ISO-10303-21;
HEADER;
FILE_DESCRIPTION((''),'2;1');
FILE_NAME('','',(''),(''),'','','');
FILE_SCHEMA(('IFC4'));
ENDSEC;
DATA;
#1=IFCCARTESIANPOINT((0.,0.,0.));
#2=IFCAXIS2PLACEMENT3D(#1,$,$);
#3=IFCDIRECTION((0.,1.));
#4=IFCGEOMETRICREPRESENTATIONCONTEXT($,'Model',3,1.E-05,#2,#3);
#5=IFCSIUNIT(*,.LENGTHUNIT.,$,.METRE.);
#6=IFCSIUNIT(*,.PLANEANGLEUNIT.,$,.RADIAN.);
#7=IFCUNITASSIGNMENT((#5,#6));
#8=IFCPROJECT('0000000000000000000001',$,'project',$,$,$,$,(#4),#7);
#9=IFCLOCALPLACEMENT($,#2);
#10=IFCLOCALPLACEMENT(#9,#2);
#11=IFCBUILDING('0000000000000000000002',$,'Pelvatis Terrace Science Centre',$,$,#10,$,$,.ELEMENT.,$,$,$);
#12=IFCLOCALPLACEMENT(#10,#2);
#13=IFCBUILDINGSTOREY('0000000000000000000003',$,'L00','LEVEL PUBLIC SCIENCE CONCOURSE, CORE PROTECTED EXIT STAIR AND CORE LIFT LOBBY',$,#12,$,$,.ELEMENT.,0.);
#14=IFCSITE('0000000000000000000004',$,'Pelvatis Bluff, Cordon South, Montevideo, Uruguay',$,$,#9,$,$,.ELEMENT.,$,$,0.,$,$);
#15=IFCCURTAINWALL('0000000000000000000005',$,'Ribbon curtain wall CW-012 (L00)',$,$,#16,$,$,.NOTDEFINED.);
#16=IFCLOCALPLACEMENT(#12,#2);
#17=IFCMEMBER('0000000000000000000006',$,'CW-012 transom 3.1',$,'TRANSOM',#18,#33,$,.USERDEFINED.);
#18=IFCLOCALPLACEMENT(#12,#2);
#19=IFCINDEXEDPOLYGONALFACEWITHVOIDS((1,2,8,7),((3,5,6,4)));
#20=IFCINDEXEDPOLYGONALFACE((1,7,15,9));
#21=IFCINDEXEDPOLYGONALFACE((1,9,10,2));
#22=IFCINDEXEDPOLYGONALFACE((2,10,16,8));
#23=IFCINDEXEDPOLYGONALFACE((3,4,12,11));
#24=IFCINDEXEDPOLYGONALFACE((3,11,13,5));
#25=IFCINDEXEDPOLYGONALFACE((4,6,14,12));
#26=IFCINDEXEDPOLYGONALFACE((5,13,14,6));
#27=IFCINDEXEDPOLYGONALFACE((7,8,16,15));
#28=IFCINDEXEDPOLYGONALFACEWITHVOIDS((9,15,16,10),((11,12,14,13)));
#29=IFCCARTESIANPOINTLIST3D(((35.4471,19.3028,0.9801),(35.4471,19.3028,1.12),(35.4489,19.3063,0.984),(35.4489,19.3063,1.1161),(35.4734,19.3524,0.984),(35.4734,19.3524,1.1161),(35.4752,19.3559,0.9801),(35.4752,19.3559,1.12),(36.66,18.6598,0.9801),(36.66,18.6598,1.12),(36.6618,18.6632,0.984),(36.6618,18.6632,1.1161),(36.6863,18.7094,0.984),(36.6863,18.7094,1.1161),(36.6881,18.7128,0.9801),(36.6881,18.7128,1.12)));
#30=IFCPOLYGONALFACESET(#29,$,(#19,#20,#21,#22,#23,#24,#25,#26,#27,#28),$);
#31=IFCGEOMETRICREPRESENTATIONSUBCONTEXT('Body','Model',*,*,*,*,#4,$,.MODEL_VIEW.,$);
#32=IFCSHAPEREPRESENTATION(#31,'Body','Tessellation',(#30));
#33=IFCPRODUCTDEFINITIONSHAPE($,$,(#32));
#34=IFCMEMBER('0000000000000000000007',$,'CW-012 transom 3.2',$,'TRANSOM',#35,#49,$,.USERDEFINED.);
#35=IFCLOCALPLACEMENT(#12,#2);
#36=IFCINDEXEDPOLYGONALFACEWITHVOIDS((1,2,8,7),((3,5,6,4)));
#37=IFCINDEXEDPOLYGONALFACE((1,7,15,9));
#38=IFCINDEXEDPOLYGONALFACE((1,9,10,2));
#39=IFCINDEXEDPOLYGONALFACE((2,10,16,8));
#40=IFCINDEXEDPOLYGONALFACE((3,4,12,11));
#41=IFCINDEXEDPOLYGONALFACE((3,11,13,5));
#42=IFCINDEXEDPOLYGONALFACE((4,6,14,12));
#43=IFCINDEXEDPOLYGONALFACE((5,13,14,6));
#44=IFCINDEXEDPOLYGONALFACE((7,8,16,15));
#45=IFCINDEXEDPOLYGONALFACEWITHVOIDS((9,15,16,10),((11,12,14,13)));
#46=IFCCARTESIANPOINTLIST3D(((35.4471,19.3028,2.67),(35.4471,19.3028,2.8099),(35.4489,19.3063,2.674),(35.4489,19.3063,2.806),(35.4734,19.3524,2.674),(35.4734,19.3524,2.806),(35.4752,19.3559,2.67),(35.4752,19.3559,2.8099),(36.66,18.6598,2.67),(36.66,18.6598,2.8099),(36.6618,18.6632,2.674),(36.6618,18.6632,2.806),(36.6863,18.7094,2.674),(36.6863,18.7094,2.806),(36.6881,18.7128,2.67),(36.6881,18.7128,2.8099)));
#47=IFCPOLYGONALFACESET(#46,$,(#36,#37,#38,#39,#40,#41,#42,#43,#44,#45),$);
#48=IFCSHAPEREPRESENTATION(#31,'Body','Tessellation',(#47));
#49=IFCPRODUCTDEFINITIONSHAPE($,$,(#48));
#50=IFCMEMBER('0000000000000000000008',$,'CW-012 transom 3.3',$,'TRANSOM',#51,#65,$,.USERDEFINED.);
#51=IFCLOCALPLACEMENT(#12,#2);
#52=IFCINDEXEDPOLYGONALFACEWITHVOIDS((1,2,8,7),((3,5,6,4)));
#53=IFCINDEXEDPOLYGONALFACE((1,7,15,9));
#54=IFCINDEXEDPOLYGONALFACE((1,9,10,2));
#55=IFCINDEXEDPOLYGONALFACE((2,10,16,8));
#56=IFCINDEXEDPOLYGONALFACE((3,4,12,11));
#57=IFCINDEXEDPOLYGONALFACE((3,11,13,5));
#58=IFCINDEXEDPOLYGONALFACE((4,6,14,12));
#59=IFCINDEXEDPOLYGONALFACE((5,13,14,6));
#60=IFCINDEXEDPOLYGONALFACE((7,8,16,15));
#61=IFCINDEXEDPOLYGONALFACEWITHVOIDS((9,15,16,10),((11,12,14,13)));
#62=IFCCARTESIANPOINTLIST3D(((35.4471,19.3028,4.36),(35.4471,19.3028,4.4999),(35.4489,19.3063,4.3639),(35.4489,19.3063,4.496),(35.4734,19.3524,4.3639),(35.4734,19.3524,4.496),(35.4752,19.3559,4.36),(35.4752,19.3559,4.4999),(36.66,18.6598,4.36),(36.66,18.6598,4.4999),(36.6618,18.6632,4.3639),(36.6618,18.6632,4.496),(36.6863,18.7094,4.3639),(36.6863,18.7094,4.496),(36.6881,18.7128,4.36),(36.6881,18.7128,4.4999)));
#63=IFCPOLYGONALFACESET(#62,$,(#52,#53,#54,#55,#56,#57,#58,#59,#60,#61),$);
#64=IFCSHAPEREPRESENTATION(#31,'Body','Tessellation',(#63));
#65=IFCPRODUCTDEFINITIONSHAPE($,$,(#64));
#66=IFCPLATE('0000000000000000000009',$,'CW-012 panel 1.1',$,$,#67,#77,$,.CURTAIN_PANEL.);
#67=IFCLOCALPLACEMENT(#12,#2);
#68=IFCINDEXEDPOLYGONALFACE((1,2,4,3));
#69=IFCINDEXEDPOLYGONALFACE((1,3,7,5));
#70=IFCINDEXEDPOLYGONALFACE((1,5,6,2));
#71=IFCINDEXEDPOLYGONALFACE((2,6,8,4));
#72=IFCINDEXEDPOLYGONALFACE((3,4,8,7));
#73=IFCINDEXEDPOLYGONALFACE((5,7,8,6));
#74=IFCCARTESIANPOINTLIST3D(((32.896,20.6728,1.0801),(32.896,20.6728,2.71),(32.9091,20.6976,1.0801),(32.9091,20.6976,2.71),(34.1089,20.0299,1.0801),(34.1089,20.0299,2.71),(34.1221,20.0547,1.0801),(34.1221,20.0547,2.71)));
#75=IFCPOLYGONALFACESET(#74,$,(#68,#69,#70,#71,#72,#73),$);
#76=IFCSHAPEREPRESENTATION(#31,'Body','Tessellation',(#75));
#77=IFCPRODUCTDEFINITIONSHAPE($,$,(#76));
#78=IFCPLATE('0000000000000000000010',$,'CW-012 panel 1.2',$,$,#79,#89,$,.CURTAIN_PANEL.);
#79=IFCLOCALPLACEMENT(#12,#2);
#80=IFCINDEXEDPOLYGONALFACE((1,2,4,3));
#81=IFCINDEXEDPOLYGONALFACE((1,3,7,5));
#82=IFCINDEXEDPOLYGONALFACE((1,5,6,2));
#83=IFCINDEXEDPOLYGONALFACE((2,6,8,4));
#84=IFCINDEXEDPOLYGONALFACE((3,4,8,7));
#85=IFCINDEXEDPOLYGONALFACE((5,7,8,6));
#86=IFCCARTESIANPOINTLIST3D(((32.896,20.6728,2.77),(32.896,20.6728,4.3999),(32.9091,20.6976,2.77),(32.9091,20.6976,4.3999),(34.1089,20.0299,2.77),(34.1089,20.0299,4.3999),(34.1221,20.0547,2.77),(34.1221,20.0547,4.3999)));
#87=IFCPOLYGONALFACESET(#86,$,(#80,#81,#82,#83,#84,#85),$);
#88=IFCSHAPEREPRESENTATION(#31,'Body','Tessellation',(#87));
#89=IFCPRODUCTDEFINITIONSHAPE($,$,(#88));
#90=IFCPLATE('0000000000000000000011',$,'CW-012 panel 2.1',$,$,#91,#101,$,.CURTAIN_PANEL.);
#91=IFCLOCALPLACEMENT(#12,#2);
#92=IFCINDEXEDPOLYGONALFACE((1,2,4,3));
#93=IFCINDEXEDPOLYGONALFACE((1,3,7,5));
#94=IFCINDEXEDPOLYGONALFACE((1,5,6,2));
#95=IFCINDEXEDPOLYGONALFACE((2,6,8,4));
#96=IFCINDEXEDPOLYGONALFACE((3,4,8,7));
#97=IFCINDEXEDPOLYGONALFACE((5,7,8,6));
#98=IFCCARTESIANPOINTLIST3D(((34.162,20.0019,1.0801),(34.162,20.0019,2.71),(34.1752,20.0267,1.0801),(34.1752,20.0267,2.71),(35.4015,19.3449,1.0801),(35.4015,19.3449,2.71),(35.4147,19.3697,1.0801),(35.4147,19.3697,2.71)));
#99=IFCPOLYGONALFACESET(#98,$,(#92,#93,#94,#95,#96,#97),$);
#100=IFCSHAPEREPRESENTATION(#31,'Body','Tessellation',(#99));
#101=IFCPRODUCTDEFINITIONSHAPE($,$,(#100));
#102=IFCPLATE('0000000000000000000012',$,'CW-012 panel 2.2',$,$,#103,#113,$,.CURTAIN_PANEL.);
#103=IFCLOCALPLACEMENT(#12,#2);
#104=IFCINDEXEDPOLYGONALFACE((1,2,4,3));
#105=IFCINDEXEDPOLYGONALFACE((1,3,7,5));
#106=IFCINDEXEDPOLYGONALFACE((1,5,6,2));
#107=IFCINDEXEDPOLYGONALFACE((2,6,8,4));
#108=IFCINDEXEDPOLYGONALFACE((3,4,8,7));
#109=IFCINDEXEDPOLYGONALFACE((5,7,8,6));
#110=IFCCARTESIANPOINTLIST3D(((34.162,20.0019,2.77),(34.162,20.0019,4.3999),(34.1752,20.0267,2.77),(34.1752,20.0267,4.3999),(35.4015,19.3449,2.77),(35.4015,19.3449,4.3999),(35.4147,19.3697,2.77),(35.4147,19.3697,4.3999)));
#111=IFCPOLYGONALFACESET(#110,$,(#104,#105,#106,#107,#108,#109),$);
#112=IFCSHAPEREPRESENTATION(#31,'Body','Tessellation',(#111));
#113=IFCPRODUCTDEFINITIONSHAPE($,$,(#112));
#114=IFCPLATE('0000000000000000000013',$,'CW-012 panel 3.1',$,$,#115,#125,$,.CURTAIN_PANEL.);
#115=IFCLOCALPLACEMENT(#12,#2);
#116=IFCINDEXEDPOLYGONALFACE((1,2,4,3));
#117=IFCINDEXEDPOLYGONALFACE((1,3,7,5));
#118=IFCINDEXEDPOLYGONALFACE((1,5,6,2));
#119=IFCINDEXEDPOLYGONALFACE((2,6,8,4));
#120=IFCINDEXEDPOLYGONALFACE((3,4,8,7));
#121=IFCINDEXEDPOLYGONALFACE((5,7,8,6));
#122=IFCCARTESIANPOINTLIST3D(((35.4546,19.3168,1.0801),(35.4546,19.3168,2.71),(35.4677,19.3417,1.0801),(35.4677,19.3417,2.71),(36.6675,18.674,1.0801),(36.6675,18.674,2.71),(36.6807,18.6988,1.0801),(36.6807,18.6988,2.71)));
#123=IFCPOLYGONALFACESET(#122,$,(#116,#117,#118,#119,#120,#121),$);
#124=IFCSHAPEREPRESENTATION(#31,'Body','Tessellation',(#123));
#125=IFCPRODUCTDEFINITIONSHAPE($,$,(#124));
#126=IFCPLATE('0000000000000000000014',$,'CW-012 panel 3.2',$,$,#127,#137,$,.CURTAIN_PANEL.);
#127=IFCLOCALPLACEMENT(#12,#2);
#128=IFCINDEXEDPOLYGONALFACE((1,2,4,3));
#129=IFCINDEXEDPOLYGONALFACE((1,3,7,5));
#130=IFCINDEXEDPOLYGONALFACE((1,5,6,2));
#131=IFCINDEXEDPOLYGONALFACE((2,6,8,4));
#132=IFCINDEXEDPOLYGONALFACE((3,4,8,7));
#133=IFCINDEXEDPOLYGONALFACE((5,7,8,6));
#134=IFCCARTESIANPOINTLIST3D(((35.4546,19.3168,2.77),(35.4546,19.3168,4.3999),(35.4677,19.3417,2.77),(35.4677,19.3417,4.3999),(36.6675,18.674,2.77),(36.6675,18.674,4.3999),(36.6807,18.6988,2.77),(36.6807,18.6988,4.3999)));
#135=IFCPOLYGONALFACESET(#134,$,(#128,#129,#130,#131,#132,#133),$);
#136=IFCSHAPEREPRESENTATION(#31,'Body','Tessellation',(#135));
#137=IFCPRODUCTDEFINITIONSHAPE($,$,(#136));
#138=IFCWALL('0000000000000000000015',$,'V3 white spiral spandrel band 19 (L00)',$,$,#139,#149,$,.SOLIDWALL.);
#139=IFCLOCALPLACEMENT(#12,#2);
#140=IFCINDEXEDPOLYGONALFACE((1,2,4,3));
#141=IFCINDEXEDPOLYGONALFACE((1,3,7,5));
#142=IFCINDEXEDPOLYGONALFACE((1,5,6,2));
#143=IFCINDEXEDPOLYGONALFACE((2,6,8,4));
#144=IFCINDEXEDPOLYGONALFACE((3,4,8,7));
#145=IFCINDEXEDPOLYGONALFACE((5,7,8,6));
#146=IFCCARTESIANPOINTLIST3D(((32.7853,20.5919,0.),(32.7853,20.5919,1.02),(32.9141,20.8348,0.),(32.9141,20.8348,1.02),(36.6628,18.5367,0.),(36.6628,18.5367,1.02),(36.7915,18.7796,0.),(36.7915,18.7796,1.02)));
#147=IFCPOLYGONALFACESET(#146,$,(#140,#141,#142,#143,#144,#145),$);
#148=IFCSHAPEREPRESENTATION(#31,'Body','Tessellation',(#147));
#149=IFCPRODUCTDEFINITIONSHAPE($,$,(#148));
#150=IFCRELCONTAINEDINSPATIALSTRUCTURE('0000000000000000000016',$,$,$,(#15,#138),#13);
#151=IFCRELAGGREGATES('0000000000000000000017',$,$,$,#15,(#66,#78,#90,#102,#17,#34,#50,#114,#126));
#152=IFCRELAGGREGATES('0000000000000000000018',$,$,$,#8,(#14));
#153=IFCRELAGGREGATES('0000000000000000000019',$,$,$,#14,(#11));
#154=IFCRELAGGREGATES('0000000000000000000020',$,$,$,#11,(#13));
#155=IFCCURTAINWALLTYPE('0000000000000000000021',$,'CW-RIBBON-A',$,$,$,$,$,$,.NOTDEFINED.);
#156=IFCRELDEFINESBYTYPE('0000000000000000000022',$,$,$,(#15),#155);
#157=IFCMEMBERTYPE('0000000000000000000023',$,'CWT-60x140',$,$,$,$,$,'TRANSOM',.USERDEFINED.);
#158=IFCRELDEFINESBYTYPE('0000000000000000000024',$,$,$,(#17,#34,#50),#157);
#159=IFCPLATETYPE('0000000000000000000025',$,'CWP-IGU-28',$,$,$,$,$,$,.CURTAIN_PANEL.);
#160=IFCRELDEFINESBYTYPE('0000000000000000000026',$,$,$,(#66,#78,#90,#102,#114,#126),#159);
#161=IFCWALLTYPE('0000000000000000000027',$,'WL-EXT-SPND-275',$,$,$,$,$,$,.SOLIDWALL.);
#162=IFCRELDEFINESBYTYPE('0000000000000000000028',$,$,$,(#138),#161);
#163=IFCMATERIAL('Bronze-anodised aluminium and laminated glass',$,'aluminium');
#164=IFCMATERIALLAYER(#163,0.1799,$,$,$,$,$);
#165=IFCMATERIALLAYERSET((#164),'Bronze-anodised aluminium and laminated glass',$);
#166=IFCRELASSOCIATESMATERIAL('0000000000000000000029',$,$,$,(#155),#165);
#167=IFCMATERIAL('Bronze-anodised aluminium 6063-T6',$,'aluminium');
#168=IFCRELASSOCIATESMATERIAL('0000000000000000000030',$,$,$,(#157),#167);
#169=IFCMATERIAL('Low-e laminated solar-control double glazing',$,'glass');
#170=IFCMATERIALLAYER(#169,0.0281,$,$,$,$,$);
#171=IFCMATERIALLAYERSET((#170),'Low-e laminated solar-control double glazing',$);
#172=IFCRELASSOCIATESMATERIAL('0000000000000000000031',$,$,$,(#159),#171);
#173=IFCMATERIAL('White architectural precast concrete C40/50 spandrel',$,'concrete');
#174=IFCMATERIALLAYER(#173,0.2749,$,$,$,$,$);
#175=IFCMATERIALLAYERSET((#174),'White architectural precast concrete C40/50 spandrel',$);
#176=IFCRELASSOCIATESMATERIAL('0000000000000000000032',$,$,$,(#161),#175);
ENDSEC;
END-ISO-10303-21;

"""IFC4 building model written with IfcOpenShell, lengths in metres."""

from ifc_helpers import new_model, si_unit, direction, frame, frame_2d, origin, origin_2d, place, context, subcontext, project, spatial, rectangle, hollow_rectangle, extrude, material, layer, layer_set, material_profile, profile_set, type_object, element, aggregate, save


model = new_model("IFC4")

# Units and contexts
model_context = context("Model", 3, precision=1e-05, world=origin(), true_north=direction((0.0, 1.0)))
body_context = subcontext(model_context, "Body", "Model", "MODEL_VIEW")
ifc_project = project(units=[si_unit("LENGTHUNIT", "METRE"), si_unit("PLANEANGLEUNIT", "RADIAN")], contexts=[model_context])

# Site, building, storey
site_placement = place(None, origin())
site = spatial("IfcSite", under=ifc_project, at=site_placement, Name="Pelvatis Bluff, Cordon South, Montevideo, Uruguay", CompositionType="ELEMENT", RefElevation=0.0)
building_placement = place(site_placement, origin())
building = spatial("IfcBuilding", under=site, at=building_placement, Name="Pelvatis Terrace Science Centre", CompositionType="ELEMENT")
storey_placement = place(building_placement, origin())
storey = spatial("IfcBuildingStorey", under=building, at=storey_placement, Name="L00", Description="LEVEL PUBLIC SCIENCE CONCOURSE, CORE PROTECTED EXIT STAIR AND CORE LIFT LOBBY", CompositionType="ELEMENT", Elevation=0.0)

# Shared definitions
ifc_material_1 = material(Name="Bronze-anodised aluminium and laminated glass", Category="aluminium")
ifc_layer_1 = layer(ifc_material_1, 0.1799)
ifc_layer_set_1 = layer_set([ifc_layer_1], Name="Bronze-anodised aluminium and laminated glass")
curtain_wall_type = type_object("IfcCurtainWallType", Name="CW-RIBBON-A", PredefinedType="NOTDEFINED", material=ifc_layer_set_1)

# Curtain wall, members, plates
curtain_wall_1_placement = place(storey_placement, origin())
curtain_wall_1 = element("IfcCurtainWall", 1, at=curtain_wall_1_placement, inside=storey, type_object=curtain_wall_type, Name="Ribbon curtain wall CW-012 (L00)", PredefinedType="NOTDEFINED")
ifc_material_2 = material(Name="Bronze-anodised aluminium 6063-T6", Category="aluminium")
ifc_material_profile_1 = material_profile(ifc_material_2, hollow_rectangle(XDim=0.0601, YDim=0.1399, WallThickness=0.0039, at=origin_2d()), Name="ALU-TRN 60x140")
ifc_profile_set_1 = profile_set([ifc_material_profile_1], Name="Bronze-anodised aluminium 6063-T6")
member_type_1 = type_object("IfcMemberType", Name="CWT-60x140", ElementType="TRANSOM", PredefinedType="USERDEFINED", material=ifc_profile_set_1)
member_1_placement = place(storey_placement, frame((35.4612, 19.3293, 1.05), z_axis=(0.883502, -0.468427, 0.0), x_axis=(0.468427, 0.883502, 0.0)))
member_1 = element("IfcMember", 2, at=member_1_placement, type_object=member_type_1, Name="CW-012 transom 3.1", ObjectType="TRANSOM", PredefinedType="USERDEFINED", context=body_context, shape_type="SweptSolid", body=[
    extrude(hollow_rectangle(XDim=0.0601, YDim=0.1399, WallThickness=0.0039, at=origin_2d()), origin(), (0.0, 0.0, 1.0), 1.3728),
])
member_2_placement = place(storey_placement, frame((35.4612, 19.3293, 2.74), z_axis=(0.883502, -0.468427, 0.0), x_axis=(0.468427, 0.883502, 0.0)))
member_2 = element("IfcMember", 3, at=member_2_placement, type_object=member_type_1, Name="CW-012 transom 3.2", ObjectType="TRANSOM", PredefinedType="USERDEFINED", context=body_context, shape_type="SweptSolid", body=[
    extrude(hollow_rectangle(XDim=0.0601, YDim=0.1399, WallThickness=0.0039, at=origin_2d()), origin(), (0.0, 0.0, 1.0), 1.3728),
])
member_3_placement = place(storey_placement, frame((35.4612, 19.3293, 4.4299), z_axis=(0.883502, -0.468427, 0.0), x_axis=(0.468427, 0.883502, 0.0)))
member_3 = element("IfcMember", 4, at=member_3_placement, type_object=member_type_1, Name="CW-012 transom 3.3", ObjectType="TRANSOM", PredefinedType="USERDEFINED", context=body_context, shape_type="SweptSolid", body=[
    extrude(hollow_rectangle(XDim=0.0601, YDim=0.1399, WallThickness=0.0039, at=origin_2d()), origin(), (0.0, 0.0, 1.0), 1.3728),
])
ifc_material_3 = material(Name="Low-e laminated solar-control double glazing", Category="glass")
ifc_layer_2 = layer(ifc_material_3, 0.0281)
ifc_layer_set_2 = layer_set([ifc_layer_2], Name="Low-e laminated solar-control double glazing")
plate_type = type_object("IfcPlateType", Name="CWP-IGU-28", PredefinedType="CURTAIN_PANEL", material=ifc_layer_set_2)
plate_1_placement = place(storey_placement, frame((33.509, 20.3638, 1.0801), z_axis=(0.0, 0.0, 1.0), x_axis=(0.883571, -0.468298, 0.0)))
plate_1 = element("IfcPlate", 5, at=plate_1_placement, type_object=plate_type, Name="CW-012 panel 1.1", PredefinedType="CURTAIN_PANEL", context=body_context, shape_type="SweptSolid", body=[
    extrude(rectangle(XDim=1.3728, YDim=0.0281, at=origin_2d()), origin(), (0.0, 0.0, 1.0), 1.6299),
])
plate_2_placement = place(storey_placement, frame((33.509, 20.3638, 2.77), z_axis=(0.0, 0.0, 1.0), x_axis=(0.883571, -0.468298, 0.0)))
plate_2 = element("IfcPlate", 6, at=plate_2_placement, type_object=plate_type, Name="CW-012 panel 1.2", PredefinedType="CURTAIN_PANEL", context=body_context, shape_type="SweptSolid", body=[
    extrude(rectangle(XDim=1.3728, YDim=0.0281, at=origin_2d()), origin(), (0.0, 0.0, 1.0), 1.6299),
])
plate_3_placement = place(storey_placement, frame((34.7883, 19.6858, 1.0801), z_axis=(0.0, 0.0, 1.0), x_axis=(0.883571, -0.468298, 0.0)))
plate_3 = element("IfcPlate", 7, at=plate_3_placement, type_object=plate_type, Name="CW-012 panel 2.1", PredefinedType="CURTAIN_PANEL", context=body_context, shape_type="SweptSolid", body=[
    extrude(rectangle(XDim=1.4028, YDim=0.0281, at=origin_2d()), origin(), (0.0, 0.0, 1.0), 1.6299),
])
plate_4_placement = place(storey_placement, frame((34.7883, 19.6858, 2.77), z_axis=(0.0, 0.0, 1.0), x_axis=(0.883571, -0.468298, 0.0)))
plate_4 = element("IfcPlate", 8, at=plate_4_placement, type_object=plate_type, Name="CW-012 panel 2.2", PredefinedType="CURTAIN_PANEL", context=body_context, shape_type="SweptSolid", body=[
    extrude(rectangle(XDim=1.4028, YDim=0.0281, at=origin_2d()), origin(), (0.0, 0.0, 1.0), 1.6299),
])
plate_5_placement = place(storey_placement, frame((36.0676, 19.0078, 1.0801), z_axis=(0.0, 0.0, 1.0), x_axis=(0.883571, -0.468298, 0.0)))
plate_5 = element("IfcPlate", 9, at=plate_5_placement, type_object=plate_type, Name="CW-012 panel 3.1", PredefinedType="CURTAIN_PANEL", context=body_context, shape_type="SweptSolid", body=[
    extrude(rectangle(XDim=1.3728, YDim=0.0281, at=origin_2d()), origin(), (0.0, 0.0, 1.0), 1.6299),
])
plate_6_placement = place(storey_placement, frame((36.0676, 19.0078, 2.77), z_axis=(0.0, 0.0, 1.0), x_axis=(0.883571, -0.468298, 0.0)))
plate_6 = element("IfcPlate", 10, at=plate_6_placement, type_object=plate_type, Name="CW-012 panel 3.2", PredefinedType="CURTAIN_PANEL", context=body_context, shape_type="SweptSolid", body=[
    extrude(rectangle(XDim=1.3728, YDim=0.0281, at=origin_2d()), origin(), (0.0, 0.0, 1.0), 1.6299),
])
aggregate(curtain_wall_1, [plate_1, plate_2, plate_3, plate_4, member_1, member_2, member_3, plate_5, plate_6])

# Wall
ifc_material_4 = material(Name="White architectural precast concrete C40/50 spandrel", Category="concrete")
ifc_layer_3 = layer(ifc_material_4, 0.2749)
ifc_layer_set_3 = layer_set([ifc_layer_3], Name="White architectural precast concrete C40/50 spandrel")
wall_type = type_object("IfcWallType", Name="WL-EXT-SPND-275", PredefinedType="SOLIDWALL", material=ifc_layer_set_3)
wall_placement = place(storey_placement, frame((32.8496, 20.7134, 0.0), z_axis=(0.0, 0.0, 1.0), x_axis=(0.88356, -0.468317, 0.0)))
element("IfcWall", 11, at=wall_placement, inside=storey, type_object=wall_type, Name="V3 white spiral spandrel band 19 (L00)", PredefinedType="SOLIDWALL", context=body_context, shape_type="SweptSolid", body=[
    extrude(rectangle(XDim=4.3884, YDim=0.2749, at=frame_2d((2.1943, 0.0))), origin(), (0.0, 0.0, 1.0), 1.02),
])

save(model, "model.ifc")
